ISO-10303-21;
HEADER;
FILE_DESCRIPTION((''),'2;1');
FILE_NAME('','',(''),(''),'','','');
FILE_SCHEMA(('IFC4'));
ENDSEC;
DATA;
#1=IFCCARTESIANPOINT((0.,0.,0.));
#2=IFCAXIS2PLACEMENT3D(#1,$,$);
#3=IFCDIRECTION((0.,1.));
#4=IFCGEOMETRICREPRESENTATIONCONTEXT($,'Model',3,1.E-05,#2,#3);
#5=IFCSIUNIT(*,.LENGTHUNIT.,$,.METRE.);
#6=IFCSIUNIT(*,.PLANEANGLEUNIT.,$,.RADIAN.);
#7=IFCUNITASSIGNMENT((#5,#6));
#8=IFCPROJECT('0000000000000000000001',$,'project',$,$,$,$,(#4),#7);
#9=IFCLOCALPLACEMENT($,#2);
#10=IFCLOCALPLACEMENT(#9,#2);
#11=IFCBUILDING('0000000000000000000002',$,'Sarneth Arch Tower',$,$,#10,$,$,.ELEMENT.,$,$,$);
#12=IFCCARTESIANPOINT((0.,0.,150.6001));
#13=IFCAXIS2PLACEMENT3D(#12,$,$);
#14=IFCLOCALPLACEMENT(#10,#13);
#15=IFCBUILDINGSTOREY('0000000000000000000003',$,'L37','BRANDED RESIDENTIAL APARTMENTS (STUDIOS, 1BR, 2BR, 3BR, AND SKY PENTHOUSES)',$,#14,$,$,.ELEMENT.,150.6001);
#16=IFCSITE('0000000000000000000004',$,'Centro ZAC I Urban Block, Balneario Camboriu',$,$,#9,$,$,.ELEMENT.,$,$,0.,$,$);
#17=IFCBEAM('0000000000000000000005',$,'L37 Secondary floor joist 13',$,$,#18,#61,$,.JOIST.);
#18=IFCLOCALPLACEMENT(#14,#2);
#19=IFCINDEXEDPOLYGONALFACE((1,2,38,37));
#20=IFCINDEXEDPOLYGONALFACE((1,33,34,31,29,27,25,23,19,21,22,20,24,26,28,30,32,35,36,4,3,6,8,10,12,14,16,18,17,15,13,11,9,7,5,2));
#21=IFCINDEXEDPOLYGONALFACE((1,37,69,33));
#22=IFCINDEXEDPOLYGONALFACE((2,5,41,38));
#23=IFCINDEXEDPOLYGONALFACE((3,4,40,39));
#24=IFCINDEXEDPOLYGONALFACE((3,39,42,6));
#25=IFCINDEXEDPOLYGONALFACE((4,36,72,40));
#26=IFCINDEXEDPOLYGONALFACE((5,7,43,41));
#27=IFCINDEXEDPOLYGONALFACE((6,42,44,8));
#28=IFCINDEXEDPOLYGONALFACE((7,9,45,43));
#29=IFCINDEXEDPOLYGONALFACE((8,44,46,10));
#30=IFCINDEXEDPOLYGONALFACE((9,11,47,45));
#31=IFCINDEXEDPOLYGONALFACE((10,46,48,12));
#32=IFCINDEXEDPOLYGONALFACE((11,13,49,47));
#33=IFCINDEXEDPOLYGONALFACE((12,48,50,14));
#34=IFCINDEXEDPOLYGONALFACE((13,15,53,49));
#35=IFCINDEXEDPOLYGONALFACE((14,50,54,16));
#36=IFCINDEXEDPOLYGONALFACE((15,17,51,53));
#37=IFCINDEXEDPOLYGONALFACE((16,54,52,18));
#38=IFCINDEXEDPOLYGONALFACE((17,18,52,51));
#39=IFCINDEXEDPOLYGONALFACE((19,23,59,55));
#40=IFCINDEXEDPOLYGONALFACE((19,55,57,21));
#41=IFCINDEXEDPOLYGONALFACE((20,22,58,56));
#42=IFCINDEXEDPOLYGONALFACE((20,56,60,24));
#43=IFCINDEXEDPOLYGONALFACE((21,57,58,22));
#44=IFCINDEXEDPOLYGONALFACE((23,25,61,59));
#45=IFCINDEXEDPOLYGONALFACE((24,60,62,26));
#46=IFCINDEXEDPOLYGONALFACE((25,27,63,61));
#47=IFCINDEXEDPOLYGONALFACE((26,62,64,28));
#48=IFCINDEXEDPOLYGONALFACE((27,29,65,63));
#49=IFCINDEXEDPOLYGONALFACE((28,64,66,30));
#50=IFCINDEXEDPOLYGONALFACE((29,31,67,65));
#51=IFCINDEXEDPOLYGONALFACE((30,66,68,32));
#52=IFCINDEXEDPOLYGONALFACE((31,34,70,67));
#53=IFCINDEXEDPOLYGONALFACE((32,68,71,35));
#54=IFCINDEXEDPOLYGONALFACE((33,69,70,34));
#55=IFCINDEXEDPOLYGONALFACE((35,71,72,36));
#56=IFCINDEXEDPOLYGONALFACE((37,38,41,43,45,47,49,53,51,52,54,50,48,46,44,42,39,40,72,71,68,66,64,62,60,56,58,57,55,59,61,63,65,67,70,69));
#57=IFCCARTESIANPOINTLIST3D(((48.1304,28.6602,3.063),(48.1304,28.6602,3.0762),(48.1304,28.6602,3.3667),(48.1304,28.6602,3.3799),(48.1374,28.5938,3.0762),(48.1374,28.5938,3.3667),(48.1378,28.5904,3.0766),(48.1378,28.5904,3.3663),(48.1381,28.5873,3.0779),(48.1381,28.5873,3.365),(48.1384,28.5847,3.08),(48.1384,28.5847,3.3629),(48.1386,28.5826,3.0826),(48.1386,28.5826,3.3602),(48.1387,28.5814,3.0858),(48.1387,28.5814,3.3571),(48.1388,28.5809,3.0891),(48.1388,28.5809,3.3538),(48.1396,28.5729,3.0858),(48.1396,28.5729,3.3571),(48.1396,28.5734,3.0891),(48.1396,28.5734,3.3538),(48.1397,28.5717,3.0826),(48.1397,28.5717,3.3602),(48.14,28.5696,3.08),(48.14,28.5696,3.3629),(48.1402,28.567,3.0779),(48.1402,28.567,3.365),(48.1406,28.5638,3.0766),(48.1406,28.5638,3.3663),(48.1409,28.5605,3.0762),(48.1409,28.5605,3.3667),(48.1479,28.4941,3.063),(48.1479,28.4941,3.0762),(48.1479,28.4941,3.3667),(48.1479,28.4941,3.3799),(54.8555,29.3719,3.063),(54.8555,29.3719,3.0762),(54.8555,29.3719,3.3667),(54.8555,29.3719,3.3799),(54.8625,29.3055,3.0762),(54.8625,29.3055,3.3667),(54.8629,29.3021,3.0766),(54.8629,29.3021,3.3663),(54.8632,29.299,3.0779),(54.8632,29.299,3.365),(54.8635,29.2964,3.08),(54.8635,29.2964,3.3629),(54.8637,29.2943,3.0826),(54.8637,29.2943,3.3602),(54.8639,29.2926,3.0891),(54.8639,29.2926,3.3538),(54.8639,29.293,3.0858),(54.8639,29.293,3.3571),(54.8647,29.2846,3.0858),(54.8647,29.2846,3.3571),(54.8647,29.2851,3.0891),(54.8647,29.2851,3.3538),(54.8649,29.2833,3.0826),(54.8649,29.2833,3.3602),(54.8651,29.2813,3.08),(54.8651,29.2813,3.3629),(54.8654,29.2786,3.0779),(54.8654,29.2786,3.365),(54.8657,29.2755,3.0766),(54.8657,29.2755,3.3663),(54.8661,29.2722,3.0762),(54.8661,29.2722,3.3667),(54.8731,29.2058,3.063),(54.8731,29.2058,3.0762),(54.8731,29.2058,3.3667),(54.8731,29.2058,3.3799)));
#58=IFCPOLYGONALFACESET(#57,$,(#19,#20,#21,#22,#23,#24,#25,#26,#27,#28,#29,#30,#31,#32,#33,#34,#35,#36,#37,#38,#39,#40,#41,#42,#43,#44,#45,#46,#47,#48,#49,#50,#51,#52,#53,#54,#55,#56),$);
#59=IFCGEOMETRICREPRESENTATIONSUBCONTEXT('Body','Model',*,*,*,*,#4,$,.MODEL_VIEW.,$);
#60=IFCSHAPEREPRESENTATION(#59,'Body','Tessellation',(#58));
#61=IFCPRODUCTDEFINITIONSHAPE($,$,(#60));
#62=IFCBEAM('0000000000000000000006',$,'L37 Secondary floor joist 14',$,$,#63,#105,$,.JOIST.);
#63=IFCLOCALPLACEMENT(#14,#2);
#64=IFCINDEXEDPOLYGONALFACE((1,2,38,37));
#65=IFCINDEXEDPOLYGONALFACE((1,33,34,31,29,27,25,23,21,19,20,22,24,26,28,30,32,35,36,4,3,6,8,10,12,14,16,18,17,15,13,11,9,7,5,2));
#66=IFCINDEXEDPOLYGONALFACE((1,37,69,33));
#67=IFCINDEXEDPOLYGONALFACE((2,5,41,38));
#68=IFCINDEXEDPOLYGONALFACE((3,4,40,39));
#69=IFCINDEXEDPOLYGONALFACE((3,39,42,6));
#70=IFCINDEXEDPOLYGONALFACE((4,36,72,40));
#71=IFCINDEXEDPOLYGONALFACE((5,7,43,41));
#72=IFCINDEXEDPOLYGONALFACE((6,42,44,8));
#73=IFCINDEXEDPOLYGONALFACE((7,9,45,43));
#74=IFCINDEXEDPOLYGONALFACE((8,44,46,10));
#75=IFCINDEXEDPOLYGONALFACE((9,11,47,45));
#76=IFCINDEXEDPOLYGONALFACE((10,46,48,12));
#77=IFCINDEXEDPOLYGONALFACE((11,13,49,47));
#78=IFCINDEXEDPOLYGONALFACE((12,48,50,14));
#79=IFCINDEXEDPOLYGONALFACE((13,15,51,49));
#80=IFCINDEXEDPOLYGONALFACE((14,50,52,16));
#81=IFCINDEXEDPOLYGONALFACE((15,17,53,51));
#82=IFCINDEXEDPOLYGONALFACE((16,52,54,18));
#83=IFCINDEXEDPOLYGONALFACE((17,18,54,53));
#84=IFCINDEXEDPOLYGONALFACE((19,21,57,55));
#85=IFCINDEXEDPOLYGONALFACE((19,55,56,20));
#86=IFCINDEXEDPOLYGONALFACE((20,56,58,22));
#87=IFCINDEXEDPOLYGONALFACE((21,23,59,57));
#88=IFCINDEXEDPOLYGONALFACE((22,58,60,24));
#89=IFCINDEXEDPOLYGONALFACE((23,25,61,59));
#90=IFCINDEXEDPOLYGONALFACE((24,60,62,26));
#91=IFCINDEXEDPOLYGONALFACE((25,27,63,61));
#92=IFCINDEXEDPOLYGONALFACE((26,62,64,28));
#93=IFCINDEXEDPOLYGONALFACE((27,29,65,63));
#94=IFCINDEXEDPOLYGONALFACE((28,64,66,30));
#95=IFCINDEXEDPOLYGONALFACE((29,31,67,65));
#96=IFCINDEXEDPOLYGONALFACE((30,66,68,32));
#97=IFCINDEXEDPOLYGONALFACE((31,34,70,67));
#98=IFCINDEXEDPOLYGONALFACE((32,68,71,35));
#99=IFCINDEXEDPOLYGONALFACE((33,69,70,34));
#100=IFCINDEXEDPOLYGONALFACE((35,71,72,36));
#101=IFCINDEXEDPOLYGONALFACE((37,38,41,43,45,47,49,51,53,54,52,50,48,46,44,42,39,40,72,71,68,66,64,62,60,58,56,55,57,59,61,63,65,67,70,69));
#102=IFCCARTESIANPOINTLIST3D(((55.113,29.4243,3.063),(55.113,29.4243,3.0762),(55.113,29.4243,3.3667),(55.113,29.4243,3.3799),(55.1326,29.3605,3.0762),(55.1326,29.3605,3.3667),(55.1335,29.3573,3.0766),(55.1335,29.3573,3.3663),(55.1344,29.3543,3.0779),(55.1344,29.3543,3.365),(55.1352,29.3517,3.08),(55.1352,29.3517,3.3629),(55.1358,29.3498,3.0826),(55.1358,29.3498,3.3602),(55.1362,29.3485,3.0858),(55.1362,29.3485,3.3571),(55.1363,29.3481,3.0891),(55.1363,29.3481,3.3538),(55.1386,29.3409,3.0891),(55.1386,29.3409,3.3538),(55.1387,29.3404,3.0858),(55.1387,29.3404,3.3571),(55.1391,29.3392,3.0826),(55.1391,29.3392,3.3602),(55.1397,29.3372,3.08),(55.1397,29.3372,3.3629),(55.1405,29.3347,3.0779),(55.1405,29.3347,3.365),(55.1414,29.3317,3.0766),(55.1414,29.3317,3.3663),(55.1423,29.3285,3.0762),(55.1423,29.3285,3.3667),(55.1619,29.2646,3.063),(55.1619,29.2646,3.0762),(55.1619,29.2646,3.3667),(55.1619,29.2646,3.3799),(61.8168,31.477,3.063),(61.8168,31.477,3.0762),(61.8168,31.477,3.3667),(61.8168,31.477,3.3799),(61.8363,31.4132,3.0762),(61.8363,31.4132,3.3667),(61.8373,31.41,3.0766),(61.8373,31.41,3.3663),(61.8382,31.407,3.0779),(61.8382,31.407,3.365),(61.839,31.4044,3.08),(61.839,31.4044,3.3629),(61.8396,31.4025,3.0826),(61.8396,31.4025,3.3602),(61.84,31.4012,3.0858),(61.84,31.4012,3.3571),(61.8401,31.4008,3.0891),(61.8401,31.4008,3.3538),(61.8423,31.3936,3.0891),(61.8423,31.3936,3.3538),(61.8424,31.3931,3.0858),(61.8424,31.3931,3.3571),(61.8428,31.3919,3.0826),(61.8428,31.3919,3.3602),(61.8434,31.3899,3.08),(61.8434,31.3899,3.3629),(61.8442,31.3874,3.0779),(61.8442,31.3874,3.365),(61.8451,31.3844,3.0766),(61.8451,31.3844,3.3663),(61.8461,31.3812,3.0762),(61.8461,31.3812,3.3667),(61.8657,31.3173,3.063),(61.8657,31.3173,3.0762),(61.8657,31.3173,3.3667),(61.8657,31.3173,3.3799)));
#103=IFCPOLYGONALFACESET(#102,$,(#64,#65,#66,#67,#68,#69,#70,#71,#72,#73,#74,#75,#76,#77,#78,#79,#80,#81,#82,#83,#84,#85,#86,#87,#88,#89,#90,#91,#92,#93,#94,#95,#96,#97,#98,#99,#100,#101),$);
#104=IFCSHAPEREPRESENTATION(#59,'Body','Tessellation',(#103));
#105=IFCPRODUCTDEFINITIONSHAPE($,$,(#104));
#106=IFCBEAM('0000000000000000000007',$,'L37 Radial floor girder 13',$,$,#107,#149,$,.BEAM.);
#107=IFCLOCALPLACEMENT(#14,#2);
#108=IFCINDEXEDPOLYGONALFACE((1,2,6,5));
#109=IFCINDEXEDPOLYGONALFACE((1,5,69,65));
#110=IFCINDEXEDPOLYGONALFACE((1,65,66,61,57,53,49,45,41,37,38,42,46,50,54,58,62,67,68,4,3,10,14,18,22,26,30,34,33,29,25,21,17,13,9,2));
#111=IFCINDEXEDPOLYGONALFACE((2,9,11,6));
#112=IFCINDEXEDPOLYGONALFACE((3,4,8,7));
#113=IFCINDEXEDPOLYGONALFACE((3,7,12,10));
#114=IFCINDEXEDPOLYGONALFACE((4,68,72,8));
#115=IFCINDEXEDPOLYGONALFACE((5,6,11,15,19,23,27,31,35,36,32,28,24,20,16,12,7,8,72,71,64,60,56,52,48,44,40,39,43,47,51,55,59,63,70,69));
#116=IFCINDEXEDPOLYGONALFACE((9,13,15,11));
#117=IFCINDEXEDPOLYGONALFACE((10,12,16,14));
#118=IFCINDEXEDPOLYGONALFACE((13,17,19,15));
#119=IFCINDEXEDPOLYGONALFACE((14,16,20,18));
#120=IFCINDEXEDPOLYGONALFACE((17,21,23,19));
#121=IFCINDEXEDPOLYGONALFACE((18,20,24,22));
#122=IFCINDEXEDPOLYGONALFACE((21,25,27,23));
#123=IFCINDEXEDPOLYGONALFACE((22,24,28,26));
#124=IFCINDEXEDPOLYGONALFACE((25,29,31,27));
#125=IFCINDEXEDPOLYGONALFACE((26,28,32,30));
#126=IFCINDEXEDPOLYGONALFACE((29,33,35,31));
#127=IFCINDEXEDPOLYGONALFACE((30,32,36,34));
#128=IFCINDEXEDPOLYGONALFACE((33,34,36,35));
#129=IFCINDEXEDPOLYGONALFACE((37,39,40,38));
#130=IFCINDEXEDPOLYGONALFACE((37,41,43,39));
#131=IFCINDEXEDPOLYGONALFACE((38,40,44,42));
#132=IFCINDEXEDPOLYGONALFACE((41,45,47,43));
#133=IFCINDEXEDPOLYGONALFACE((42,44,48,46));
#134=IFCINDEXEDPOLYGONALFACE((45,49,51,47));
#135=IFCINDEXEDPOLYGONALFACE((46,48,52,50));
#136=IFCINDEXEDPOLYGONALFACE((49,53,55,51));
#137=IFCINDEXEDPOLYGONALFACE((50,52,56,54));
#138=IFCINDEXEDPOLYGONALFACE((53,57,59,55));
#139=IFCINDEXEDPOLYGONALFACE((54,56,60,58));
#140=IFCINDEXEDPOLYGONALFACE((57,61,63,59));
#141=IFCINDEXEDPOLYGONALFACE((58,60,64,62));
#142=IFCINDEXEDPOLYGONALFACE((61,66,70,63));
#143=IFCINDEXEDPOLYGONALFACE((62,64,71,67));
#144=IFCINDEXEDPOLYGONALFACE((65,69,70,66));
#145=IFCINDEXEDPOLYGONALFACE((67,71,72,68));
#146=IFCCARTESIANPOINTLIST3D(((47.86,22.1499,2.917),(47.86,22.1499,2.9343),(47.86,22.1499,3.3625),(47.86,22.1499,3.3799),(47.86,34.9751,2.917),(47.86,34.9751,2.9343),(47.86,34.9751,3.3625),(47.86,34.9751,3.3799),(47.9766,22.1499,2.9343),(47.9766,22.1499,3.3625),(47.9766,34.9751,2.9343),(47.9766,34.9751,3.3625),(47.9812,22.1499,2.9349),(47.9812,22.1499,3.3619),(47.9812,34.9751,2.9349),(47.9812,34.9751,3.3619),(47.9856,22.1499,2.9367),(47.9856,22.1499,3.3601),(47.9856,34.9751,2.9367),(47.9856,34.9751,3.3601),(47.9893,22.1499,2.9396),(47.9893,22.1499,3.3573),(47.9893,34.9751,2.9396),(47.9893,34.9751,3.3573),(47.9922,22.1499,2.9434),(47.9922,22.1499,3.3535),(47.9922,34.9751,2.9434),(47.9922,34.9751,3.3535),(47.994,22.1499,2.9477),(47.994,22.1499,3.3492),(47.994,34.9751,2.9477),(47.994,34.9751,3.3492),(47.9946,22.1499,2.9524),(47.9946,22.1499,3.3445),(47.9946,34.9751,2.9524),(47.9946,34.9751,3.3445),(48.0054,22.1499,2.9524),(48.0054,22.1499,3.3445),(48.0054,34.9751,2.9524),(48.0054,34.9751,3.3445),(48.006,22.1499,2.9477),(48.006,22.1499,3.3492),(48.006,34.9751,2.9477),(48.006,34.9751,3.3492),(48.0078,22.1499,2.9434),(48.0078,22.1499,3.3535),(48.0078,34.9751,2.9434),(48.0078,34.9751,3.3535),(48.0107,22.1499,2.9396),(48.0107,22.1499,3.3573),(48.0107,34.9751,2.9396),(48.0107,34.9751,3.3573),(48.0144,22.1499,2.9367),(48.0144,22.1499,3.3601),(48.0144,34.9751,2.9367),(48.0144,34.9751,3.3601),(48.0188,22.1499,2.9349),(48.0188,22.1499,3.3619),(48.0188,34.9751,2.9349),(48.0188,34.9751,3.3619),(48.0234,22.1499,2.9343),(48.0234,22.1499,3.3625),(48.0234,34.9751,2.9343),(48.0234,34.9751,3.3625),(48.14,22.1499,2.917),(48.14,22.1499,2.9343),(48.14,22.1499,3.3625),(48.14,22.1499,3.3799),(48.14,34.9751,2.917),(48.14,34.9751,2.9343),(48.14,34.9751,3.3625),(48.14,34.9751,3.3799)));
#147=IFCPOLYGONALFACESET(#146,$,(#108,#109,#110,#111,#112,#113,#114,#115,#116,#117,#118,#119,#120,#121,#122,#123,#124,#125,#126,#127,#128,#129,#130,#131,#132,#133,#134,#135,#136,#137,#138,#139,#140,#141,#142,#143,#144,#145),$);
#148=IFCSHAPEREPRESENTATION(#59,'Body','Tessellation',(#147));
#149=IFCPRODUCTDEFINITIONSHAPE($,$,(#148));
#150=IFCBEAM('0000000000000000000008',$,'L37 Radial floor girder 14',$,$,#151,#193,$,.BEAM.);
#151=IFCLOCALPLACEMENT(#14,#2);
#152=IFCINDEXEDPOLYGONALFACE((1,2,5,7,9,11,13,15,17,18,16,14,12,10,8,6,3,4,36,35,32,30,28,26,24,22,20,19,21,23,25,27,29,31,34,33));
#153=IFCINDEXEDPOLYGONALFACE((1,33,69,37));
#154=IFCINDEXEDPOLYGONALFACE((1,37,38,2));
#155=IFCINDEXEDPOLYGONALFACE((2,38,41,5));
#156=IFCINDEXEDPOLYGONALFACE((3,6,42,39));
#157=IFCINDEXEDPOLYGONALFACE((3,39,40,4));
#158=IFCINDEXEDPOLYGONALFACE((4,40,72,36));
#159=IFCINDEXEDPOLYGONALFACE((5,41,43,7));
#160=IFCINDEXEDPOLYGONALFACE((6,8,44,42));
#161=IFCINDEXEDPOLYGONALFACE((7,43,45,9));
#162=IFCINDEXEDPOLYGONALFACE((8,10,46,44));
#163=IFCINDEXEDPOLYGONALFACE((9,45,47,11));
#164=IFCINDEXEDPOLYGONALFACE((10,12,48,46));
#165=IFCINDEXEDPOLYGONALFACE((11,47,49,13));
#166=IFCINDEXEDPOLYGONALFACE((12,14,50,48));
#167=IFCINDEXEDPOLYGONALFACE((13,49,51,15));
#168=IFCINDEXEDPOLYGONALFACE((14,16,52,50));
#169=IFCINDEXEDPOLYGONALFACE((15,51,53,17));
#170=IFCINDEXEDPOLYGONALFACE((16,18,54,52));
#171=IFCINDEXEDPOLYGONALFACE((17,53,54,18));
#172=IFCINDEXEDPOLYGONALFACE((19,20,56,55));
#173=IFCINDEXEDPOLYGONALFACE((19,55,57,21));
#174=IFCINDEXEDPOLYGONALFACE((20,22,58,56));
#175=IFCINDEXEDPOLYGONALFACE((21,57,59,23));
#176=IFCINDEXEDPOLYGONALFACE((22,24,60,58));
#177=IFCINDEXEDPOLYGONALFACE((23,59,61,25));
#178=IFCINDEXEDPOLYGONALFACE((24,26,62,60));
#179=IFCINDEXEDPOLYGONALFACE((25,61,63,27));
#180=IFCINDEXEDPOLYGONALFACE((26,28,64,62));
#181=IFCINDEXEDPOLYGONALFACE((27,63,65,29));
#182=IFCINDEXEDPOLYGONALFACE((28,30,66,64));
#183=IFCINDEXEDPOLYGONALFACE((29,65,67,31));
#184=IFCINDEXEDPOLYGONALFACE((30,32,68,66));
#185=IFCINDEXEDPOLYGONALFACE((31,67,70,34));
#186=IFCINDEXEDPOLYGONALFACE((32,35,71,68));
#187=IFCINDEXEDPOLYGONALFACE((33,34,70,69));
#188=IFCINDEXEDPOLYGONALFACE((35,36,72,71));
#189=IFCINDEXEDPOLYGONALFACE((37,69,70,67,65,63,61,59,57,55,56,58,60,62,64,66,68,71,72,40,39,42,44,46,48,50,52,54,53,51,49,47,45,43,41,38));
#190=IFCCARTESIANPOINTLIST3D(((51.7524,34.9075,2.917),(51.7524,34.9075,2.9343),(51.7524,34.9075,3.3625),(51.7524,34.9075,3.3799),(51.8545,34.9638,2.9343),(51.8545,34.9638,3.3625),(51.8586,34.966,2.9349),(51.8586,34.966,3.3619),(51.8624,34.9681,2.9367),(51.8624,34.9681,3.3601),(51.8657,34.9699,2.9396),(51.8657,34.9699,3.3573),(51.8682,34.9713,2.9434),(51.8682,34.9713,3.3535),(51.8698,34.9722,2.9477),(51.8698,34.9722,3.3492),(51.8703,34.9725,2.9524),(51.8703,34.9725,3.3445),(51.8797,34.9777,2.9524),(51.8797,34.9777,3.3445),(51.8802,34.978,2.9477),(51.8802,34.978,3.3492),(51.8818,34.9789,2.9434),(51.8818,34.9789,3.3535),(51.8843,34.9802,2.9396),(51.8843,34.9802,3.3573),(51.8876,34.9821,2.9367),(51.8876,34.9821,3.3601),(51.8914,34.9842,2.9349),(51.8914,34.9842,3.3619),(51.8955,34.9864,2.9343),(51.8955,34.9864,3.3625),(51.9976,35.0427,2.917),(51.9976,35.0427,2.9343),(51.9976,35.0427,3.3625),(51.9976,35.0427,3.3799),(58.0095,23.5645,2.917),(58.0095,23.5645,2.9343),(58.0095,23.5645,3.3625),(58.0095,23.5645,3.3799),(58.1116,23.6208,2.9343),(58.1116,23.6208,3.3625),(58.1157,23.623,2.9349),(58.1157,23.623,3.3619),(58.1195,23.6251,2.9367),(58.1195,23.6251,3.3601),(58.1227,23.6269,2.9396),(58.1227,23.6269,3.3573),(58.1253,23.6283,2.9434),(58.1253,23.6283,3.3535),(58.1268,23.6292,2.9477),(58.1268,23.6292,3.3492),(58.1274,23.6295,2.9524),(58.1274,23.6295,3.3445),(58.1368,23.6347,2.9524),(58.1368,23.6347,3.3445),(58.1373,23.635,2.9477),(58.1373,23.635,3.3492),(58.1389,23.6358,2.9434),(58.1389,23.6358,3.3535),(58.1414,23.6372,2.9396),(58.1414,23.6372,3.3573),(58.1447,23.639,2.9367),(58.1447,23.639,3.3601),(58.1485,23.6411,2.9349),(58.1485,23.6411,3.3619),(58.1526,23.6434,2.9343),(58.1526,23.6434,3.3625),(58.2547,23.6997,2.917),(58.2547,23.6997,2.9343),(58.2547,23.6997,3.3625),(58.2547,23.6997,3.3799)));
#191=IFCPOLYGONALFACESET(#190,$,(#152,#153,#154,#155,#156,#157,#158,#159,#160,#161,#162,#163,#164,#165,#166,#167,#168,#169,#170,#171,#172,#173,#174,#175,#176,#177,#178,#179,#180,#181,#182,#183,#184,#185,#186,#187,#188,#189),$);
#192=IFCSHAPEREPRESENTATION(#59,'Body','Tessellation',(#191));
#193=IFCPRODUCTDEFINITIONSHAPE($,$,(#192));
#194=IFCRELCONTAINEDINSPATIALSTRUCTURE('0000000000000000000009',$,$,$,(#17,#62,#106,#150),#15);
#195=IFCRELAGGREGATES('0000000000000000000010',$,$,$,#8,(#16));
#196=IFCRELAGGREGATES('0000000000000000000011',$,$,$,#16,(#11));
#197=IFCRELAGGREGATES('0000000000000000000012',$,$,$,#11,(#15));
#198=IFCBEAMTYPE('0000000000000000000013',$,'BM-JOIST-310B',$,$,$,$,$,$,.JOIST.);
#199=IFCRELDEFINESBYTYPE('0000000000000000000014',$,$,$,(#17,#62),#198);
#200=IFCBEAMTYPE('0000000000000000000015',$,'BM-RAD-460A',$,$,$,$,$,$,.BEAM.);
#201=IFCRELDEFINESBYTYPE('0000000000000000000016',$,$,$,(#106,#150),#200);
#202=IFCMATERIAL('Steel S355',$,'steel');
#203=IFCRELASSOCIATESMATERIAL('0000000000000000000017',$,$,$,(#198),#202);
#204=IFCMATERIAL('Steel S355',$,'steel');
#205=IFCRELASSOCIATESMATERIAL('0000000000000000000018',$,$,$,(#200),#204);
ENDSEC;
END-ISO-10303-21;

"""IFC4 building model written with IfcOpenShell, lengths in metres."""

from ifc_helpers import new_model, si_unit, direction, frame, origin, origin_2d, place, context, subcontext, project, spatial, i_section, extrude, material, material_profile, profile_set, type_object, element, save


model = new_model("IFC4")

# Units and contexts
model_context = context("Model", 3, precision=1e-05, world=origin(), true_north=direction((0.0, 1.0)))
body_context = subcontext(model_context, "Body", "Model", "MODEL_VIEW")
ifc_project = project(units=[si_unit("LENGTHUNIT", "METRE"), si_unit("PLANEANGLEUNIT", "RADIAN")], contexts=[model_context])

# Site, building, storey
site_placement = place(None, origin())
site = spatial("IfcSite", under=ifc_project, at=site_placement, Name="Centro ZAC I Urban Block, Balneario Camboriu", CompositionType="ELEMENT", RefElevation=0.0)
building_placement = place(site_placement, origin())
building = spatial("IfcBuilding", under=site, at=building_placement, Name="Sarneth Arch Tower", CompositionType="ELEMENT")
storey_placement = place(building_placement, frame((0.0, 0.0, 150.6001)))
storey = spatial("IfcBuildingStorey", under=building, at=storey_placement, Name="L37", Description="BRANDED RESIDENTIAL APARTMENTS (STUDIOS, 1BR, 2BR, 3BR, AND SKY PENTHOUSES)", CompositionType="ELEMENT", Elevation=150.6001)

# Beams
ifc_material_1 = material(Name="Steel S355", Category="steel")
ifc_material_profile_1 = material_profile(ifc_material_1, i_section(OverallWidth=0.167, OverallDepth=0.3169, WebThickness=0.0076, FlangeThickness=0.0132, FilletRadius=0.0129, at=origin_2d()), Name="W310x52")
ifc_profile_set_1 = profile_set([ifc_material_profile_1], Name="Steel S355")
beam_type_1 = type_object("IfcBeamType", Name="BM-JOIST-310B", PredefinedType="JOIST", material=ifc_profile_set_1)
beam_1_placement = place(storey_placement, frame((48.1392, 28.5771, 3.2214), z_axis=(0.994447, 0.105235, 0.0), x_axis=(-0.105235, 0.994447, 0.0)))
element("IfcBeam", 1, at=beam_1_placement, inside=storey, type_object=beam_type_1, Name="L37 Secondary floor joist 13", PredefinedType="JOIST", context=body_context, shape_type="SweptSolid", body=[
    extrude(i_section(OverallWidth=0.167, OverallDepth=0.3169, WebThickness=0.0076, FlangeThickness=0.0132, FilletRadius=0.0129, at=origin_2d()), origin(), (0.0, 0.0, 1.0), 6.7627),
])
beam_2_placement = place(storey_placement, frame((55.1375, 29.3445, 3.2214), z_axis=(0.956179, 0.292784, 0.0), x_axis=(-0.292784, 0.956179, 0.0)))
element("IfcBeam", 2, at=beam_2_placement, inside=storey, type_object=beam_type_1, Name="L37 Secondary floor joist 14", PredefinedType="JOIST", context=body_context, shape_type="SweptSolid", body=[
    extrude(i_section(OverallWidth=0.167, OverallDepth=0.3169, WebThickness=0.0076, FlangeThickness=0.0132, FilletRadius=0.0129, at=origin_2d()), origin(), (0.0, 0.0, 1.0), 7.011),
])
ifc_material_2 = material(Name="Steel S355", Category="steel")
ifc_material_profile_2 = material_profile(ifc_material_2, i_section(OverallWidth=0.28, OverallDepth=0.4629, WebThickness=0.0107, FlangeThickness=0.0173, FilletRadius=0.0181, at=origin_2d()), Name="W460x113")
ifc_profile_set_2 = profile_set([ifc_material_profile_2], Name="Steel S355")
beam_type_2 = type_object("IfcBeamType", Name="BM-RAD-460A", PredefinedType="BEAM", material=ifc_profile_set_2)
beam_3_placement = place(storey_placement, frame((48.0, 34.9751, 3.1484), z_axis=(0.0, -1.0, 0.0), x_axis=(1.0, 0.0, 0.0)))
element("IfcBeam", 3, at=beam_3_placement, inside=storey, type_object=beam_type_2, Name="L37 Radial floor girder 13", PredefinedType="BEAM", context=body_context, shape_type="SweptSolid", body=[
    extrude(i_section(OverallWidth=0.28, OverallDepth=0.4629, WebThickness=0.0107, FlangeThickness=0.0173, FilletRadius=0.0181, at=origin_2d()), origin(), (0.0, 0.0, 1.0), 12.8252),
])
beam_4_placement = place(storey_placement, frame((51.875, 34.9751, 3.1484), z_axis=(0.48301, -0.875615, 0.0), x_axis=(0.875615, 0.48301, 0.0)))
element("IfcBeam", 4, at=beam_4_placement, inside=storey, type_object=beam_type_2, Name="L37 Radial floor girder 14", PredefinedType="BEAM", context=body_context, shape_type="SweptSolid", body=[
    extrude(i_section(OverallWidth=0.28, OverallDepth=0.4629, WebThickness=0.0107, FlangeThickness=0.0173, FilletRadius=0.0181, at=origin_2d()), origin(), (0.0, 0.0, 1.0), 12.9543),
])

save(model, "model.ifc")
